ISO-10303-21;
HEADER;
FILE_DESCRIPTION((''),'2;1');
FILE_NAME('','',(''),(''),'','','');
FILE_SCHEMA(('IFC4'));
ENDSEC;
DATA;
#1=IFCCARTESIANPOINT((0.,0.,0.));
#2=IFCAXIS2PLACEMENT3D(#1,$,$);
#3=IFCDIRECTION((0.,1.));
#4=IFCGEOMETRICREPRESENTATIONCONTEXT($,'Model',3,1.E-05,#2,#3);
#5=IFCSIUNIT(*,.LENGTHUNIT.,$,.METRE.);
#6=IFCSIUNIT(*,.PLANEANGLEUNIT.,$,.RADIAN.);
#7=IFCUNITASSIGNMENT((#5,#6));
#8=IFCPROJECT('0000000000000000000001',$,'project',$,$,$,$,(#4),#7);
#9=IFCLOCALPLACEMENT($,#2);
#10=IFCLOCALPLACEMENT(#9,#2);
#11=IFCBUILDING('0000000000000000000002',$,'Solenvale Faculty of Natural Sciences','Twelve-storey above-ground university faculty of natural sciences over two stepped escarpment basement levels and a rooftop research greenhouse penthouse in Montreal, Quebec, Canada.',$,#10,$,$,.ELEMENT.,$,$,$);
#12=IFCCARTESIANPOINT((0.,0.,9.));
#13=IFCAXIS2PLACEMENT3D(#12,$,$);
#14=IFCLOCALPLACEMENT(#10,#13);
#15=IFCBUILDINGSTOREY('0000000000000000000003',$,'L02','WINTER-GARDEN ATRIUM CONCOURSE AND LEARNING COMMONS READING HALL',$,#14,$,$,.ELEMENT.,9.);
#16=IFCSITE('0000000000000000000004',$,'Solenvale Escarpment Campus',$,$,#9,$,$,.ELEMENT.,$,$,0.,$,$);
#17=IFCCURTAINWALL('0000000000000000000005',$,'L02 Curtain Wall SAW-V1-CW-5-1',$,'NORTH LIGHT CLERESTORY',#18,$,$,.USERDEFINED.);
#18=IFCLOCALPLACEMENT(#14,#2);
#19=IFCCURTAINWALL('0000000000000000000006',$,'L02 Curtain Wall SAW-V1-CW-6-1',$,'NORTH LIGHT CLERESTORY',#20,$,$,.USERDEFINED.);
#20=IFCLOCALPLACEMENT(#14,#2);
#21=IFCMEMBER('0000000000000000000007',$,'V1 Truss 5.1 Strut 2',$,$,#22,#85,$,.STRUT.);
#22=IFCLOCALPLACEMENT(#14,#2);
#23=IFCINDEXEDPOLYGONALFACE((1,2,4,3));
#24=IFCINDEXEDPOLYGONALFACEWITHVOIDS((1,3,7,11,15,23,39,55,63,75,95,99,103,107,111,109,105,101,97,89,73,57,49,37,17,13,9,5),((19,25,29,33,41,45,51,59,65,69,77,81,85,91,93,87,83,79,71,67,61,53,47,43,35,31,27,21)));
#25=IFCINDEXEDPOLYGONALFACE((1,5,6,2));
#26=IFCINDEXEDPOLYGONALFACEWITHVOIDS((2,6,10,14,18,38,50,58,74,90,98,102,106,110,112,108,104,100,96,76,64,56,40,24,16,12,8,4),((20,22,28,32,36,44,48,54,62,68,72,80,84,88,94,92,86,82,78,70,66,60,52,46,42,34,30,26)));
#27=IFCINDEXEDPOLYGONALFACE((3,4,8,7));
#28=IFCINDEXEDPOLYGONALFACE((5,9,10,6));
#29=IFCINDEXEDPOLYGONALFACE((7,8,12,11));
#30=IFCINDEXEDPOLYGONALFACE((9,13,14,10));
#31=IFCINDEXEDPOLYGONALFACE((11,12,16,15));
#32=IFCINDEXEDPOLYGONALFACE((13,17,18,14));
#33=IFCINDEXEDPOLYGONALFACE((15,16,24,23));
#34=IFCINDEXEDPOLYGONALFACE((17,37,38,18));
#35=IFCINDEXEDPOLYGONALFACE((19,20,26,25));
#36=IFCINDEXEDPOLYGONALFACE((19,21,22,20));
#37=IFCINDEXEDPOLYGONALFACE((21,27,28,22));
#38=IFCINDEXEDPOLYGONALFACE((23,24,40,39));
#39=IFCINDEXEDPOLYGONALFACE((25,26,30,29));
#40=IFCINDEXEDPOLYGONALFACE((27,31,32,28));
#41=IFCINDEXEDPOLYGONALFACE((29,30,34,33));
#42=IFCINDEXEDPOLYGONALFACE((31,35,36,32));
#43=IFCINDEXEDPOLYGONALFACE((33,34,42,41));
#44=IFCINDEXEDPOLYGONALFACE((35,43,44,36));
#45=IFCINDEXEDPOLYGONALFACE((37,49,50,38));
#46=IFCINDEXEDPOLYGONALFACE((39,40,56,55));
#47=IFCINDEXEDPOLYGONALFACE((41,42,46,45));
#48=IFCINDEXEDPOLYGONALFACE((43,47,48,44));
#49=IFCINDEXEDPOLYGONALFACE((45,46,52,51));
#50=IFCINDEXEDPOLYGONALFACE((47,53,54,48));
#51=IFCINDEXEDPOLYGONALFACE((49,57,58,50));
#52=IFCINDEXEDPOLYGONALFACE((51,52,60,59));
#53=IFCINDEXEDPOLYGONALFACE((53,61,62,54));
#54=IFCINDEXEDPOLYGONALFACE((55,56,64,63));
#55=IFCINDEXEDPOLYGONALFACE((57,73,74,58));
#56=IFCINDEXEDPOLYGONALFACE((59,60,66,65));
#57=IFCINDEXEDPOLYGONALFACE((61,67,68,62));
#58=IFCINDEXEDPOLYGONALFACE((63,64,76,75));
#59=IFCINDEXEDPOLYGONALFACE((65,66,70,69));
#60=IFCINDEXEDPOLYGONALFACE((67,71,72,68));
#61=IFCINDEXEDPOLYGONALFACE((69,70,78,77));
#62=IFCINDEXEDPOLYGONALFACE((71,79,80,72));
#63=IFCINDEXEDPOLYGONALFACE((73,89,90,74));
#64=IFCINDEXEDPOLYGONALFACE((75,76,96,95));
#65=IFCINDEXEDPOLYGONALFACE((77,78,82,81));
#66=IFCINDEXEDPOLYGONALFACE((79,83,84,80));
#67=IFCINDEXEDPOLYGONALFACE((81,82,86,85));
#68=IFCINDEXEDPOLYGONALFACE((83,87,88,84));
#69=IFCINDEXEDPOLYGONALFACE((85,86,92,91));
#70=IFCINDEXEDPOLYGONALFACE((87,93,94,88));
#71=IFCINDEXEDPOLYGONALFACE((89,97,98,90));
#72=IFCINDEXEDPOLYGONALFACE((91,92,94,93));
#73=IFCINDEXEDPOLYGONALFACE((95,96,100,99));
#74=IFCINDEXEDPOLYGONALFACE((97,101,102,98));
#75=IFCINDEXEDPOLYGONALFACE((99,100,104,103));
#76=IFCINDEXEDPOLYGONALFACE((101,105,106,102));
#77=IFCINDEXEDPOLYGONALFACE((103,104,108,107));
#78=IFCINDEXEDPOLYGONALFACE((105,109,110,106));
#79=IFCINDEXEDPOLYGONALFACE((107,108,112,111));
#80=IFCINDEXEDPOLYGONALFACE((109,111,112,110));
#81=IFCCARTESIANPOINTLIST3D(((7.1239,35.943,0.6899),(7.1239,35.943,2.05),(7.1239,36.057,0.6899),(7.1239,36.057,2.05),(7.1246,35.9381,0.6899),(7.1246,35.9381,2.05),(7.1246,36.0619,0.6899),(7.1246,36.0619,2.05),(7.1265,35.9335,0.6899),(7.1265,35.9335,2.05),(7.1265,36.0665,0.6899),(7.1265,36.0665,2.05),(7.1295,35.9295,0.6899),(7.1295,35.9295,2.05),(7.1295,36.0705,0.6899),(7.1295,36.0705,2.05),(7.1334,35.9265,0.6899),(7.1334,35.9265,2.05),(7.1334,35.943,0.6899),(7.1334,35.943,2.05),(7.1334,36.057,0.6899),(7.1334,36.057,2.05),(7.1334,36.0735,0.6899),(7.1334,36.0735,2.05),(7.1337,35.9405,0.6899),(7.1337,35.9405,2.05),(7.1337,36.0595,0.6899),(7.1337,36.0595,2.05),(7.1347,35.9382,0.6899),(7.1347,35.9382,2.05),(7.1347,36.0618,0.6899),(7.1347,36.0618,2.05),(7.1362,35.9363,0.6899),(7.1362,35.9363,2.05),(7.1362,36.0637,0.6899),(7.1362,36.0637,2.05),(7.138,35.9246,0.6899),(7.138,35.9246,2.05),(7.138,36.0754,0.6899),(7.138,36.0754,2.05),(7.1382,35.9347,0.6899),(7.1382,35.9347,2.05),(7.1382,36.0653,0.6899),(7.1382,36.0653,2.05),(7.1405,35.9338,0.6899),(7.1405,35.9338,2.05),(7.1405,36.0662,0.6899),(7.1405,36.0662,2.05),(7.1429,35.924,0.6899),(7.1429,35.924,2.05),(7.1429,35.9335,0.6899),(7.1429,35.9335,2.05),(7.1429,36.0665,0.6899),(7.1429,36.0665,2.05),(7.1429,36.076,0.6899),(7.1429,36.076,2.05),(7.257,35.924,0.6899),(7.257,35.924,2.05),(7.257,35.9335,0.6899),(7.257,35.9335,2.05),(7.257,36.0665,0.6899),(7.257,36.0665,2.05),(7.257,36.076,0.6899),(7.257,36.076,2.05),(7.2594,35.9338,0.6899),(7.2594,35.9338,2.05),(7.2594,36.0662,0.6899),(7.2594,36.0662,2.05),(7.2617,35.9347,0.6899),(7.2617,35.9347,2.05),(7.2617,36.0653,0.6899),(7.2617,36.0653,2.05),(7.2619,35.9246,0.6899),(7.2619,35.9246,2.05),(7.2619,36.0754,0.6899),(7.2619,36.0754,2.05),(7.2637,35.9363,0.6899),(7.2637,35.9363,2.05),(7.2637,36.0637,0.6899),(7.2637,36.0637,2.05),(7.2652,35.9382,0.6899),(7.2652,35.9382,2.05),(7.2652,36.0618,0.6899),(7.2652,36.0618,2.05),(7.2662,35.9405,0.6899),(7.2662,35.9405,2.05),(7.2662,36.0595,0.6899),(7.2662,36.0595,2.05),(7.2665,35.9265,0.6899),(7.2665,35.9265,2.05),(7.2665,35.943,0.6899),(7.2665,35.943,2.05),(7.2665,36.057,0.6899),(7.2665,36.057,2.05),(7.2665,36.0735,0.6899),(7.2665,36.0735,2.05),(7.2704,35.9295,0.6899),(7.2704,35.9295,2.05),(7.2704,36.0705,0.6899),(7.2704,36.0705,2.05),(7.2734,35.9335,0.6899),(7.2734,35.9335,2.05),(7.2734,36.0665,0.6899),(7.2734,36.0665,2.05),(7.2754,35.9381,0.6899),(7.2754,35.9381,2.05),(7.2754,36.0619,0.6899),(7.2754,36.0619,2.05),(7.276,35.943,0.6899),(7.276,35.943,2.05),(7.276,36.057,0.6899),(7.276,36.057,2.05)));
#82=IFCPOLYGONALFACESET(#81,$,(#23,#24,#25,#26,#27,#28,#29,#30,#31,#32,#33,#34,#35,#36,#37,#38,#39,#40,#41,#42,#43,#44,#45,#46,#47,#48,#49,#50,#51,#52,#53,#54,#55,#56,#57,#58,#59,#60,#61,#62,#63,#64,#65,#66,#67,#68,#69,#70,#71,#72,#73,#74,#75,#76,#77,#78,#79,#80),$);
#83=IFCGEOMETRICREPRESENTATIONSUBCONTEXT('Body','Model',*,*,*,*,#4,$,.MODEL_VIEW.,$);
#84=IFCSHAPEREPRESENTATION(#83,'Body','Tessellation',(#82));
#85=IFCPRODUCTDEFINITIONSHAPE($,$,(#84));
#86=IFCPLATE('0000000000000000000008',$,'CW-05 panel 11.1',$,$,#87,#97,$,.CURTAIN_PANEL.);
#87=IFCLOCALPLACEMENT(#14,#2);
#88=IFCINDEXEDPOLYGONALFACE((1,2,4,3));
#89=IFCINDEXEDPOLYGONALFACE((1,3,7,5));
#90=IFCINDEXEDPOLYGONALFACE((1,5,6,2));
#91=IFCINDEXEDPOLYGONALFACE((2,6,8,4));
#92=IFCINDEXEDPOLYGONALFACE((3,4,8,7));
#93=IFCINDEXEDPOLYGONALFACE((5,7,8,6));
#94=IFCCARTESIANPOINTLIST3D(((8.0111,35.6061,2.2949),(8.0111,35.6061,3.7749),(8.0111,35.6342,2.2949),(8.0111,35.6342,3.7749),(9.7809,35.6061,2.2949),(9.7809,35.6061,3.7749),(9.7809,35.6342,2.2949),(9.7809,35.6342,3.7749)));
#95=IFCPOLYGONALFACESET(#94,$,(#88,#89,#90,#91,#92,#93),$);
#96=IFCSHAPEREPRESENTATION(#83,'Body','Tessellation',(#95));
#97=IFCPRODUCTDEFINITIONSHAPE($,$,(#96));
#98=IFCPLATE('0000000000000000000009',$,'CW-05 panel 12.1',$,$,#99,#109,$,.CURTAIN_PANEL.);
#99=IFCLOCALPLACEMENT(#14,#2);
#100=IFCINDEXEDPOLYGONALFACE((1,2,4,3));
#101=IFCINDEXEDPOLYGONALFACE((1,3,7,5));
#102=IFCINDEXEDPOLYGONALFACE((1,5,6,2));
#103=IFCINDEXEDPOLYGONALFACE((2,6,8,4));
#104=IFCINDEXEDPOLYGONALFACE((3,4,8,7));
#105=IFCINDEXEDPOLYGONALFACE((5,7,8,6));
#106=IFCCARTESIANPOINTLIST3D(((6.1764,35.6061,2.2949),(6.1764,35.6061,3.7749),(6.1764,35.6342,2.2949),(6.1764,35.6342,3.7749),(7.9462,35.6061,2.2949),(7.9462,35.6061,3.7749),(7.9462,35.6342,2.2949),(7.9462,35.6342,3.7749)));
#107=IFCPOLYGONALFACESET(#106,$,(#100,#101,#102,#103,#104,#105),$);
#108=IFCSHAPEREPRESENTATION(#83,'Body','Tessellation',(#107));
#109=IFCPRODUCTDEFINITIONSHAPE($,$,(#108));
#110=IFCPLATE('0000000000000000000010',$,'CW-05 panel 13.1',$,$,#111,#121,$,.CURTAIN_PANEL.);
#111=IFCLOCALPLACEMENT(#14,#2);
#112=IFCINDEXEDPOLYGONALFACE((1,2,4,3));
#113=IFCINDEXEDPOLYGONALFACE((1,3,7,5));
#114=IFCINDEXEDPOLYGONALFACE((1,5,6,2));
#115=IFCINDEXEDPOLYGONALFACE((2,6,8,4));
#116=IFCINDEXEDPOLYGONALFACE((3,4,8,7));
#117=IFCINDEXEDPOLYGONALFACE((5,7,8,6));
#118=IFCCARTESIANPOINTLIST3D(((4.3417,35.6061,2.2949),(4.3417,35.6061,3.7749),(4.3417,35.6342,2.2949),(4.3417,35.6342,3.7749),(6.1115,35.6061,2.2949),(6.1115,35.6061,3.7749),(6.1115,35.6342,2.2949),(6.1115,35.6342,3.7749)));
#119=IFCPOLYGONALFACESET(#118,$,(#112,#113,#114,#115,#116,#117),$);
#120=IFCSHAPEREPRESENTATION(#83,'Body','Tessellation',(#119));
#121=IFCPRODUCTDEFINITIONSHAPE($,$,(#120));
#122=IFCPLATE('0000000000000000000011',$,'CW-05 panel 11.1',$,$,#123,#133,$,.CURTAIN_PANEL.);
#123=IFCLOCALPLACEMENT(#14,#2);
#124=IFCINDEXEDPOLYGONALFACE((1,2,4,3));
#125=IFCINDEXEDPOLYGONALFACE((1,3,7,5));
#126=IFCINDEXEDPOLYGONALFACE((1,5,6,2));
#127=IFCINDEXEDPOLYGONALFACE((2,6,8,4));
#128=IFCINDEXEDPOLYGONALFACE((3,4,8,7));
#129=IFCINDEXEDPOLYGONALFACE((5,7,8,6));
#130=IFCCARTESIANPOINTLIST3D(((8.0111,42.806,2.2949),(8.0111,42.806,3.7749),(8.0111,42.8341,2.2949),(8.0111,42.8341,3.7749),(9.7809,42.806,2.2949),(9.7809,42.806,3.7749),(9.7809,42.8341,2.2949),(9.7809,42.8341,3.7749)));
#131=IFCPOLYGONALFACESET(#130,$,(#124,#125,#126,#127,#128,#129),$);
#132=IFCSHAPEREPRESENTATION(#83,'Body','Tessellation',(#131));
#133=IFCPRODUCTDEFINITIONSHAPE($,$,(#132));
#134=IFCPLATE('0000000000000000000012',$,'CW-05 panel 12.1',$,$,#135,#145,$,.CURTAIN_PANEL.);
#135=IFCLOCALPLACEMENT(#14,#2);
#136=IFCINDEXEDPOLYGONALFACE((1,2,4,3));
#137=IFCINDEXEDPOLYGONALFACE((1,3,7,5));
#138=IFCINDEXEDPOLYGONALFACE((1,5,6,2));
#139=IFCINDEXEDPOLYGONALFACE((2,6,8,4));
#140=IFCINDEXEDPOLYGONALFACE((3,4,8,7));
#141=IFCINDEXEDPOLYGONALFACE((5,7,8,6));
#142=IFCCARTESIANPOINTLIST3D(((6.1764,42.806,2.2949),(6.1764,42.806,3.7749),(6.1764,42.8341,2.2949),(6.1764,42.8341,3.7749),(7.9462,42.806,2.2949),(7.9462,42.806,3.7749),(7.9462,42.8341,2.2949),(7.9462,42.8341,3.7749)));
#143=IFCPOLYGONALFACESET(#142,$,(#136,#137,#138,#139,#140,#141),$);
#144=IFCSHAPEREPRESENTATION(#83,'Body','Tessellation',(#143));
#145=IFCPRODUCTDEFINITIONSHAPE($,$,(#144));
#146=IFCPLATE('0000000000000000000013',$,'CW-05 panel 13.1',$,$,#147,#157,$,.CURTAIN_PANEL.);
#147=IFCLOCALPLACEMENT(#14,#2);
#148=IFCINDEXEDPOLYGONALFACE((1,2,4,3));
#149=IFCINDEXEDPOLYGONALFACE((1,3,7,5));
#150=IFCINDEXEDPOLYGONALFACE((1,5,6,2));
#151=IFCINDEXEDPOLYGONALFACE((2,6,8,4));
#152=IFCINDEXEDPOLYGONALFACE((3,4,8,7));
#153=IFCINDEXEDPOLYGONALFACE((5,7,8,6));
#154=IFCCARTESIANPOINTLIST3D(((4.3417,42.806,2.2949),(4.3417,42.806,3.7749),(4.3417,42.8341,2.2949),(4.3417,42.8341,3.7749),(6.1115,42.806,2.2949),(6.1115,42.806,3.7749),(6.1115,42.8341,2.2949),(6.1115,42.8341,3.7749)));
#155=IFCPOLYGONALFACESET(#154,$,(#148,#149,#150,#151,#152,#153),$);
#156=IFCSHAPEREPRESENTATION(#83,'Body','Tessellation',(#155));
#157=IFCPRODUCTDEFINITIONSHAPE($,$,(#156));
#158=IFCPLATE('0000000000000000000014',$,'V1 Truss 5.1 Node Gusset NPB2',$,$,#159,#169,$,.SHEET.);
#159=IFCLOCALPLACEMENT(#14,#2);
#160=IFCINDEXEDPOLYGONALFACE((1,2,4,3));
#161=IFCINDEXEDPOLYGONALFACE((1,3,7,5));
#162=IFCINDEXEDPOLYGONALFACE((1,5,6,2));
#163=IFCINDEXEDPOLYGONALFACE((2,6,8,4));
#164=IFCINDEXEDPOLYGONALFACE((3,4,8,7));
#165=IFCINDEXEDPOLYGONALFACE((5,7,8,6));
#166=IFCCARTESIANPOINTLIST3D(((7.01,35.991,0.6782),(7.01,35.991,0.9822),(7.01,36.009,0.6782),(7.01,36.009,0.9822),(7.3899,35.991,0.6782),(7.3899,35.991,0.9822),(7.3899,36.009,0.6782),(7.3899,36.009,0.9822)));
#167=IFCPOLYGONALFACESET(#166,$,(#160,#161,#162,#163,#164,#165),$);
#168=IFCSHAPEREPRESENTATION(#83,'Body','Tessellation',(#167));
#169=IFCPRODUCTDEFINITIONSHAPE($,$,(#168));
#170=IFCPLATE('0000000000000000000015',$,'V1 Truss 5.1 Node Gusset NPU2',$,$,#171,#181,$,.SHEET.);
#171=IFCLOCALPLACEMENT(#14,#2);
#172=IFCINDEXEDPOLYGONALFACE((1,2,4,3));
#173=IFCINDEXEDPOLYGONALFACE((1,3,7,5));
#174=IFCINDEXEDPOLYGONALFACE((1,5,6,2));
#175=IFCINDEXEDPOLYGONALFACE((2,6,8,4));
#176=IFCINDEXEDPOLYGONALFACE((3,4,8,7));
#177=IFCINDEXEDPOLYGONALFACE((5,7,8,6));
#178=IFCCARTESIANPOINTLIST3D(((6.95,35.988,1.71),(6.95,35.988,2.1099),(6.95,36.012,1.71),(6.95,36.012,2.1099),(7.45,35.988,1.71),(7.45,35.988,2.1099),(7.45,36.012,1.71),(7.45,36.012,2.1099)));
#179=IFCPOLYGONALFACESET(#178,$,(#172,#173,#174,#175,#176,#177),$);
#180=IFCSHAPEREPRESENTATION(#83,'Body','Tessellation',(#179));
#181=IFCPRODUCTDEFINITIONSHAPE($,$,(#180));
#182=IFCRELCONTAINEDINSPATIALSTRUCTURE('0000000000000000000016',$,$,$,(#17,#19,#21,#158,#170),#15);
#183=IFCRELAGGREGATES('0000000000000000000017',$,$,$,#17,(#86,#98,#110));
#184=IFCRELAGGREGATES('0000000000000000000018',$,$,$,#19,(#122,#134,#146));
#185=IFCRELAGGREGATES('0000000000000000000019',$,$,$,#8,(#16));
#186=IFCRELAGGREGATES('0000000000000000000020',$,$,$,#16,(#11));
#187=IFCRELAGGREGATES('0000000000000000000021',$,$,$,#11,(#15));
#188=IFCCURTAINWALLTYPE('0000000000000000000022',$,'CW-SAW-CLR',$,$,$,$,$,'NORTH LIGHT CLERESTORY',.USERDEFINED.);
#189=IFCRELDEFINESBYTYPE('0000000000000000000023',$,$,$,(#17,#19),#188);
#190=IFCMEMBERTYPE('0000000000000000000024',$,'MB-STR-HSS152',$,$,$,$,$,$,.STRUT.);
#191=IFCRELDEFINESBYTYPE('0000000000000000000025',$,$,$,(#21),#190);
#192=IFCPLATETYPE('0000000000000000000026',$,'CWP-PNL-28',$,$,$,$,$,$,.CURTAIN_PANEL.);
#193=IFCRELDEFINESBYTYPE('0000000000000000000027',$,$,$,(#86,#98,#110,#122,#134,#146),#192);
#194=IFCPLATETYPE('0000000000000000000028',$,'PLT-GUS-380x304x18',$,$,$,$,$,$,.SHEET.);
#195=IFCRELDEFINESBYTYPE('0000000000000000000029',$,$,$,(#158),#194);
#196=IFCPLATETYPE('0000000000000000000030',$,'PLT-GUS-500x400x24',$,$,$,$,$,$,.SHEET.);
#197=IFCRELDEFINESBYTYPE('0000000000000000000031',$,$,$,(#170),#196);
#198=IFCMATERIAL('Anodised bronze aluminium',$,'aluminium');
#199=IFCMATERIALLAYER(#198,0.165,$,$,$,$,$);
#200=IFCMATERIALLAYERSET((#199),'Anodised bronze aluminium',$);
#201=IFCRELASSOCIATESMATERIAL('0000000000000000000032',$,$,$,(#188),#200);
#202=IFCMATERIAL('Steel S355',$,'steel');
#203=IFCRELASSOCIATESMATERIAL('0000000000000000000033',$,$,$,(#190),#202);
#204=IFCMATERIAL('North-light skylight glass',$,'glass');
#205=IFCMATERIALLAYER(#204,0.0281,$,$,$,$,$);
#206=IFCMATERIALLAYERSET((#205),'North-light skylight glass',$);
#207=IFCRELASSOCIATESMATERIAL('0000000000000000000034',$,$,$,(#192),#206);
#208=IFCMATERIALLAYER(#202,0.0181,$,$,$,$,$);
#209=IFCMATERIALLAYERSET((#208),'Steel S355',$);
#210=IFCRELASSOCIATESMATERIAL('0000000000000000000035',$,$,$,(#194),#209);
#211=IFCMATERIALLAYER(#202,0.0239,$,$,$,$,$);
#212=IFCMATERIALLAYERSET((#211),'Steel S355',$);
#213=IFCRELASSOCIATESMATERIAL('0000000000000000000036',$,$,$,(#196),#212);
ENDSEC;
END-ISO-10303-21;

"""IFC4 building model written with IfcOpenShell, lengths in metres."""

from ifc_helpers import new_model, si_unit, direction, frame, origin, origin_2d, place, context, subcontext, project, spatial, rectangle, hollow_rectangle, extrude, material, layer, layer_set, material_profile, profile_set, type_object, element, aggregate, save


model = new_model("IFC4")

# Units and contexts
model_context = context("Model", 3, precision=1e-05, world=origin(), true_north=direction((0.0, 1.0)))
body_context = subcontext(model_context, "Body", "Model", "MODEL_VIEW")
ifc_project = project(units=[si_unit("LENGTHUNIT", "METRE"), si_unit("PLANEANGLEUNIT", "RADIAN")], contexts=[model_context])

# Site, building, storey
site_placement = place(None, origin())
site = spatial("IfcSite", under=ifc_project, at=site_placement, Name="Solenvale Escarpment Campus", CompositionType="ELEMENT", RefElevation=0.0)
building_placement = place(site_placement, origin())
building = spatial("IfcBuilding", under=site, at=building_placement, Name="Solenvale Faculty of Natural Sciences", Description="Twelve-storey above-ground university faculty of natural sciences over two stepped escarpment basement levels and a rooftop research greenhouse penthouse in Montreal, Quebec, Canada.", CompositionType="ELEMENT")
storey_placement = place(building_placement, frame((0.0, 0.0, 9.0)))
storey = spatial("IfcBuildingStorey", under=building, at=storey_placement, Name="L02", Description="WINTER-GARDEN ATRIUM CONCOURSE AND LEARNING COMMONS READING HALL", CompositionType="ELEMENT", Elevation=9.0)

# Curtain walls
ifc_material_1 = material(Name="Anodised bronze aluminium", Category="aluminium")
ifc_layer_1 = layer(ifc_material_1, 0.165)
ifc_layer_set_1 = layer_set([ifc_layer_1], Name="Anodised bronze aluminium")
curtain_wall_type = type_object("IfcCurtainWallType", Name="CW-SAW-CLR", ElementType="NORTH LIGHT CLERESTORY", PredefinedType="USERDEFINED", material=ifc_layer_set_1)
curtain_wall_1_placement = place(storey_placement, origin())
curtain_wall_1 = element("IfcCurtainWall", 1, at=curtain_wall_1_placement, inside=storey, type_object=curtain_wall_type, Name="L02 Curtain Wall SAW-V1-CW-5-1", ObjectType="NORTH LIGHT CLERESTORY", PredefinedType="USERDEFINED")
curtain_wall_2_placement = place(storey_placement, origin())
curtain_wall_2 = element("IfcCurtainWall", 2, at=curtain_wall_2_placement, inside=storey, type_object=curtain_wall_type, Name="L02 Curtain Wall SAW-V1-CW-6-1", ObjectType="NORTH LIGHT CLERESTORY", PredefinedType="USERDEFINED")

# Member
ifc_material_2 = material(Name="Steel S355", Category="steel")
ifc_material_profile_1 = material_profile(ifc_material_2, hollow_rectangle(XDim=0.1521, YDim=0.1521, WallThickness=0.0095, InnerFilletRadius=0.0095, OuterFilletRadius=0.019, at=origin_2d()), Name="HSS152x152x9.5")
ifc_profile_set_1 = profile_set([ifc_material_profile_1], Name="Steel S355")
member_type_1 = type_object("IfcMemberType", Name="MB-STR-HSS152", PredefinedType="STRUT", material=ifc_profile_set_1)
member_1_placement = place(storey_placement, frame((7.2, 36.0, 0.6899), z_axis=(0.0, 0.0, 1.0), x_axis=(1.0, 0.0, 0.0)))
element("IfcMember", 3, at=member_1_placement, inside=storey, type_object=member_type_1, Name="V1 Truss 5.1 Strut 2", PredefinedType="STRUT", context=body_context, shape_type="SweptSolid", body=[
    extrude(hollow_rectangle(XDim=0.1521, YDim=0.1521, WallThickness=0.0095, InnerFilletRadius=0.0095, OuterFilletRadius=0.019, at=origin_2d()), origin(), (0.0, 0.0, 1.0), 1.3601),
])

# Plates
ifc_material_3 = material(Name="North-light skylight glass", Category="glass")
ifc_layer_2 = layer(ifc_material_3, 0.0281)
ifc_layer_set_2 = layer_set([ifc_layer_2], Name="North-light skylight glass")
plate_type_1 = type_object("IfcPlateType", Name="CWP-PNL-28", PredefinedType="CURTAIN_PANEL", material=ifc_layer_set_2)
plate_1_placement = place(storey_placement, frame((8.896, 35.6201, 2.2949), z_axis=(0.0, 0.0, 1.0), x_axis=(-1.0, 0.0, 0.0)))
plate_1 = element("IfcPlate", 4, at=plate_1_placement, type_object=plate_type_1, Name="CW-05 panel 11.1", PredefinedType="CURTAIN_PANEL", context=body_context, shape_type="SweptSolid", body=[
    extrude(rectangle(XDim=1.7698, YDim=0.0281, at=origin_2d()), origin(), (0.0, 0.0, 1.0), 1.48),
])
plate_2_placement = place(storey_placement, frame((7.0613, 35.6201, 2.2949), z_axis=(0.0, 0.0, 1.0), x_axis=(-1.0, 0.0, 0.0)))
plate_2 = element("IfcPlate", 5, at=plate_2_placement, type_object=plate_type_1, Name="CW-05 panel 12.1", PredefinedType="CURTAIN_PANEL", context=body_context, shape_type="SweptSolid", body=[
    extrude(rectangle(XDim=1.7698, YDim=0.0281, at=origin_2d()), origin(), (0.0, 0.0, 1.0), 1.48),
])
plate_3_placement = place(storey_placement, frame((5.2266, 35.6201, 2.2949), z_axis=(0.0, 0.0, 1.0), x_axis=(-1.0, 0.0, 0.0)))
plate_3 = element("IfcPlate", 6, at=plate_3_placement, type_object=plate_type_1, Name="CW-05 panel 13.1", PredefinedType="CURTAIN_PANEL", context=body_context, shape_type="SweptSolid", body=[
    extrude(rectangle(XDim=1.7698, YDim=0.0281, at=origin_2d()), origin(), (0.0, 0.0, 1.0), 1.48),
])
aggregate(curtain_wall_1, [plate_1, plate_2, plate_3])
plate_4_placement = place(storey_placement, frame((8.896, 42.8201, 2.2949), z_axis=(0.0, 0.0, 1.0), x_axis=(-1.0, 0.0, 0.0)))
plate_4 = element("IfcPlate", 7, at=plate_4_placement, type_object=plate_type_1, Name="CW-05 panel 11.1", PredefinedType="CURTAIN_PANEL", context=body_context, shape_type="SweptSolid", body=[
    extrude(rectangle(XDim=1.7698, YDim=0.0281, at=origin_2d()), origin(), (0.0, 0.0, 1.0), 1.48),
])
plate_5_placement = place(storey_placement, frame((7.0613, 42.8201, 2.2949), z_axis=(0.0, 0.0, 1.0), x_axis=(-1.0, 0.0, 0.0)))
plate_5 = element("IfcPlate", 8, at=plate_5_placement, type_object=plate_type_1, Name="CW-05 panel 12.1", PredefinedType="CURTAIN_PANEL", context=body_context, shape_type="SweptSolid", body=[
    extrude(rectangle(XDim=1.7698, YDim=0.0281, at=origin_2d()), origin(), (0.0, 0.0, 1.0), 1.48),
])
plate_6_placement = place(storey_placement, frame((5.2266, 42.8201, 2.2949), z_axis=(0.0, 0.0, 1.0), x_axis=(-1.0, 0.0, 0.0)))
plate_6 = element("IfcPlate", 9, at=plate_6_placement, type_object=plate_type_1, Name="CW-05 panel 13.1", PredefinedType="CURTAIN_PANEL", context=body_context, shape_type="SweptSolid", body=[
    extrude(rectangle(XDim=1.7698, YDim=0.0281, at=origin_2d()), origin(), (0.0, 0.0, 1.0), 1.48),
])
aggregate(curtain_wall_2, [plate_4, plate_5, plate_6])

# Plates
ifc_layer_3 = layer(ifc_material_2, 0.0181)
ifc_layer_set_3 = layer_set([ifc_layer_3], Name="Steel S355")
plate_type_2 = type_object("IfcPlateType", Name="PLT-GUS-380x304x18", PredefinedType="SHEET", material=ifc_layer_set_3)
plate_7_placement = place(storey_placement, frame((7.2, 36.0, 0.6782), z_axis=(0.0, 0.0, 1.0), x_axis=(1.0, 0.0, 0.0)))
element("IfcPlate", 10, at=plate_7_placement, inside=storey, type_object=plate_type_2, Name="V1 Truss 5.1 Node Gusset NPB2", PredefinedType="SHEET", context=body_context, shape_type="SweptSolid", body=[
    extrude(rectangle(XDim=0.3799, YDim=0.0181, at=origin_2d()), origin(), (0.0, 0.0, 1.0), 0.304),
])
ifc_layer_4 = layer(ifc_material_2, 0.0239)
ifc_layer_set_4 = layer_set([ifc_layer_4], Name="Steel S355")
plate_type_3 = type_object("IfcPlateType", Name="PLT-GUS-500x400x24", PredefinedType="SHEET", material=ifc_layer_set_4)
plate_8_placement = place(storey_placement, frame((7.2, 36.0, 1.71), z_axis=(0.0, 0.0, 1.0), x_axis=(1.0, 0.0, 0.0)))
element("IfcPlate", 11, at=plate_8_placement, inside=storey, type_object=plate_type_3, Name="V1 Truss 5.1 Node Gusset NPU2", PredefinedType="SHEET", context=body_context, shape_type="SweptSolid", body=[
    extrude(rectangle(XDim=0.5, YDim=0.0239, at=origin_2d()), origin(), (0.0, 0.0, 1.0), 0.3999),
])

save(model, "model.ifc")
